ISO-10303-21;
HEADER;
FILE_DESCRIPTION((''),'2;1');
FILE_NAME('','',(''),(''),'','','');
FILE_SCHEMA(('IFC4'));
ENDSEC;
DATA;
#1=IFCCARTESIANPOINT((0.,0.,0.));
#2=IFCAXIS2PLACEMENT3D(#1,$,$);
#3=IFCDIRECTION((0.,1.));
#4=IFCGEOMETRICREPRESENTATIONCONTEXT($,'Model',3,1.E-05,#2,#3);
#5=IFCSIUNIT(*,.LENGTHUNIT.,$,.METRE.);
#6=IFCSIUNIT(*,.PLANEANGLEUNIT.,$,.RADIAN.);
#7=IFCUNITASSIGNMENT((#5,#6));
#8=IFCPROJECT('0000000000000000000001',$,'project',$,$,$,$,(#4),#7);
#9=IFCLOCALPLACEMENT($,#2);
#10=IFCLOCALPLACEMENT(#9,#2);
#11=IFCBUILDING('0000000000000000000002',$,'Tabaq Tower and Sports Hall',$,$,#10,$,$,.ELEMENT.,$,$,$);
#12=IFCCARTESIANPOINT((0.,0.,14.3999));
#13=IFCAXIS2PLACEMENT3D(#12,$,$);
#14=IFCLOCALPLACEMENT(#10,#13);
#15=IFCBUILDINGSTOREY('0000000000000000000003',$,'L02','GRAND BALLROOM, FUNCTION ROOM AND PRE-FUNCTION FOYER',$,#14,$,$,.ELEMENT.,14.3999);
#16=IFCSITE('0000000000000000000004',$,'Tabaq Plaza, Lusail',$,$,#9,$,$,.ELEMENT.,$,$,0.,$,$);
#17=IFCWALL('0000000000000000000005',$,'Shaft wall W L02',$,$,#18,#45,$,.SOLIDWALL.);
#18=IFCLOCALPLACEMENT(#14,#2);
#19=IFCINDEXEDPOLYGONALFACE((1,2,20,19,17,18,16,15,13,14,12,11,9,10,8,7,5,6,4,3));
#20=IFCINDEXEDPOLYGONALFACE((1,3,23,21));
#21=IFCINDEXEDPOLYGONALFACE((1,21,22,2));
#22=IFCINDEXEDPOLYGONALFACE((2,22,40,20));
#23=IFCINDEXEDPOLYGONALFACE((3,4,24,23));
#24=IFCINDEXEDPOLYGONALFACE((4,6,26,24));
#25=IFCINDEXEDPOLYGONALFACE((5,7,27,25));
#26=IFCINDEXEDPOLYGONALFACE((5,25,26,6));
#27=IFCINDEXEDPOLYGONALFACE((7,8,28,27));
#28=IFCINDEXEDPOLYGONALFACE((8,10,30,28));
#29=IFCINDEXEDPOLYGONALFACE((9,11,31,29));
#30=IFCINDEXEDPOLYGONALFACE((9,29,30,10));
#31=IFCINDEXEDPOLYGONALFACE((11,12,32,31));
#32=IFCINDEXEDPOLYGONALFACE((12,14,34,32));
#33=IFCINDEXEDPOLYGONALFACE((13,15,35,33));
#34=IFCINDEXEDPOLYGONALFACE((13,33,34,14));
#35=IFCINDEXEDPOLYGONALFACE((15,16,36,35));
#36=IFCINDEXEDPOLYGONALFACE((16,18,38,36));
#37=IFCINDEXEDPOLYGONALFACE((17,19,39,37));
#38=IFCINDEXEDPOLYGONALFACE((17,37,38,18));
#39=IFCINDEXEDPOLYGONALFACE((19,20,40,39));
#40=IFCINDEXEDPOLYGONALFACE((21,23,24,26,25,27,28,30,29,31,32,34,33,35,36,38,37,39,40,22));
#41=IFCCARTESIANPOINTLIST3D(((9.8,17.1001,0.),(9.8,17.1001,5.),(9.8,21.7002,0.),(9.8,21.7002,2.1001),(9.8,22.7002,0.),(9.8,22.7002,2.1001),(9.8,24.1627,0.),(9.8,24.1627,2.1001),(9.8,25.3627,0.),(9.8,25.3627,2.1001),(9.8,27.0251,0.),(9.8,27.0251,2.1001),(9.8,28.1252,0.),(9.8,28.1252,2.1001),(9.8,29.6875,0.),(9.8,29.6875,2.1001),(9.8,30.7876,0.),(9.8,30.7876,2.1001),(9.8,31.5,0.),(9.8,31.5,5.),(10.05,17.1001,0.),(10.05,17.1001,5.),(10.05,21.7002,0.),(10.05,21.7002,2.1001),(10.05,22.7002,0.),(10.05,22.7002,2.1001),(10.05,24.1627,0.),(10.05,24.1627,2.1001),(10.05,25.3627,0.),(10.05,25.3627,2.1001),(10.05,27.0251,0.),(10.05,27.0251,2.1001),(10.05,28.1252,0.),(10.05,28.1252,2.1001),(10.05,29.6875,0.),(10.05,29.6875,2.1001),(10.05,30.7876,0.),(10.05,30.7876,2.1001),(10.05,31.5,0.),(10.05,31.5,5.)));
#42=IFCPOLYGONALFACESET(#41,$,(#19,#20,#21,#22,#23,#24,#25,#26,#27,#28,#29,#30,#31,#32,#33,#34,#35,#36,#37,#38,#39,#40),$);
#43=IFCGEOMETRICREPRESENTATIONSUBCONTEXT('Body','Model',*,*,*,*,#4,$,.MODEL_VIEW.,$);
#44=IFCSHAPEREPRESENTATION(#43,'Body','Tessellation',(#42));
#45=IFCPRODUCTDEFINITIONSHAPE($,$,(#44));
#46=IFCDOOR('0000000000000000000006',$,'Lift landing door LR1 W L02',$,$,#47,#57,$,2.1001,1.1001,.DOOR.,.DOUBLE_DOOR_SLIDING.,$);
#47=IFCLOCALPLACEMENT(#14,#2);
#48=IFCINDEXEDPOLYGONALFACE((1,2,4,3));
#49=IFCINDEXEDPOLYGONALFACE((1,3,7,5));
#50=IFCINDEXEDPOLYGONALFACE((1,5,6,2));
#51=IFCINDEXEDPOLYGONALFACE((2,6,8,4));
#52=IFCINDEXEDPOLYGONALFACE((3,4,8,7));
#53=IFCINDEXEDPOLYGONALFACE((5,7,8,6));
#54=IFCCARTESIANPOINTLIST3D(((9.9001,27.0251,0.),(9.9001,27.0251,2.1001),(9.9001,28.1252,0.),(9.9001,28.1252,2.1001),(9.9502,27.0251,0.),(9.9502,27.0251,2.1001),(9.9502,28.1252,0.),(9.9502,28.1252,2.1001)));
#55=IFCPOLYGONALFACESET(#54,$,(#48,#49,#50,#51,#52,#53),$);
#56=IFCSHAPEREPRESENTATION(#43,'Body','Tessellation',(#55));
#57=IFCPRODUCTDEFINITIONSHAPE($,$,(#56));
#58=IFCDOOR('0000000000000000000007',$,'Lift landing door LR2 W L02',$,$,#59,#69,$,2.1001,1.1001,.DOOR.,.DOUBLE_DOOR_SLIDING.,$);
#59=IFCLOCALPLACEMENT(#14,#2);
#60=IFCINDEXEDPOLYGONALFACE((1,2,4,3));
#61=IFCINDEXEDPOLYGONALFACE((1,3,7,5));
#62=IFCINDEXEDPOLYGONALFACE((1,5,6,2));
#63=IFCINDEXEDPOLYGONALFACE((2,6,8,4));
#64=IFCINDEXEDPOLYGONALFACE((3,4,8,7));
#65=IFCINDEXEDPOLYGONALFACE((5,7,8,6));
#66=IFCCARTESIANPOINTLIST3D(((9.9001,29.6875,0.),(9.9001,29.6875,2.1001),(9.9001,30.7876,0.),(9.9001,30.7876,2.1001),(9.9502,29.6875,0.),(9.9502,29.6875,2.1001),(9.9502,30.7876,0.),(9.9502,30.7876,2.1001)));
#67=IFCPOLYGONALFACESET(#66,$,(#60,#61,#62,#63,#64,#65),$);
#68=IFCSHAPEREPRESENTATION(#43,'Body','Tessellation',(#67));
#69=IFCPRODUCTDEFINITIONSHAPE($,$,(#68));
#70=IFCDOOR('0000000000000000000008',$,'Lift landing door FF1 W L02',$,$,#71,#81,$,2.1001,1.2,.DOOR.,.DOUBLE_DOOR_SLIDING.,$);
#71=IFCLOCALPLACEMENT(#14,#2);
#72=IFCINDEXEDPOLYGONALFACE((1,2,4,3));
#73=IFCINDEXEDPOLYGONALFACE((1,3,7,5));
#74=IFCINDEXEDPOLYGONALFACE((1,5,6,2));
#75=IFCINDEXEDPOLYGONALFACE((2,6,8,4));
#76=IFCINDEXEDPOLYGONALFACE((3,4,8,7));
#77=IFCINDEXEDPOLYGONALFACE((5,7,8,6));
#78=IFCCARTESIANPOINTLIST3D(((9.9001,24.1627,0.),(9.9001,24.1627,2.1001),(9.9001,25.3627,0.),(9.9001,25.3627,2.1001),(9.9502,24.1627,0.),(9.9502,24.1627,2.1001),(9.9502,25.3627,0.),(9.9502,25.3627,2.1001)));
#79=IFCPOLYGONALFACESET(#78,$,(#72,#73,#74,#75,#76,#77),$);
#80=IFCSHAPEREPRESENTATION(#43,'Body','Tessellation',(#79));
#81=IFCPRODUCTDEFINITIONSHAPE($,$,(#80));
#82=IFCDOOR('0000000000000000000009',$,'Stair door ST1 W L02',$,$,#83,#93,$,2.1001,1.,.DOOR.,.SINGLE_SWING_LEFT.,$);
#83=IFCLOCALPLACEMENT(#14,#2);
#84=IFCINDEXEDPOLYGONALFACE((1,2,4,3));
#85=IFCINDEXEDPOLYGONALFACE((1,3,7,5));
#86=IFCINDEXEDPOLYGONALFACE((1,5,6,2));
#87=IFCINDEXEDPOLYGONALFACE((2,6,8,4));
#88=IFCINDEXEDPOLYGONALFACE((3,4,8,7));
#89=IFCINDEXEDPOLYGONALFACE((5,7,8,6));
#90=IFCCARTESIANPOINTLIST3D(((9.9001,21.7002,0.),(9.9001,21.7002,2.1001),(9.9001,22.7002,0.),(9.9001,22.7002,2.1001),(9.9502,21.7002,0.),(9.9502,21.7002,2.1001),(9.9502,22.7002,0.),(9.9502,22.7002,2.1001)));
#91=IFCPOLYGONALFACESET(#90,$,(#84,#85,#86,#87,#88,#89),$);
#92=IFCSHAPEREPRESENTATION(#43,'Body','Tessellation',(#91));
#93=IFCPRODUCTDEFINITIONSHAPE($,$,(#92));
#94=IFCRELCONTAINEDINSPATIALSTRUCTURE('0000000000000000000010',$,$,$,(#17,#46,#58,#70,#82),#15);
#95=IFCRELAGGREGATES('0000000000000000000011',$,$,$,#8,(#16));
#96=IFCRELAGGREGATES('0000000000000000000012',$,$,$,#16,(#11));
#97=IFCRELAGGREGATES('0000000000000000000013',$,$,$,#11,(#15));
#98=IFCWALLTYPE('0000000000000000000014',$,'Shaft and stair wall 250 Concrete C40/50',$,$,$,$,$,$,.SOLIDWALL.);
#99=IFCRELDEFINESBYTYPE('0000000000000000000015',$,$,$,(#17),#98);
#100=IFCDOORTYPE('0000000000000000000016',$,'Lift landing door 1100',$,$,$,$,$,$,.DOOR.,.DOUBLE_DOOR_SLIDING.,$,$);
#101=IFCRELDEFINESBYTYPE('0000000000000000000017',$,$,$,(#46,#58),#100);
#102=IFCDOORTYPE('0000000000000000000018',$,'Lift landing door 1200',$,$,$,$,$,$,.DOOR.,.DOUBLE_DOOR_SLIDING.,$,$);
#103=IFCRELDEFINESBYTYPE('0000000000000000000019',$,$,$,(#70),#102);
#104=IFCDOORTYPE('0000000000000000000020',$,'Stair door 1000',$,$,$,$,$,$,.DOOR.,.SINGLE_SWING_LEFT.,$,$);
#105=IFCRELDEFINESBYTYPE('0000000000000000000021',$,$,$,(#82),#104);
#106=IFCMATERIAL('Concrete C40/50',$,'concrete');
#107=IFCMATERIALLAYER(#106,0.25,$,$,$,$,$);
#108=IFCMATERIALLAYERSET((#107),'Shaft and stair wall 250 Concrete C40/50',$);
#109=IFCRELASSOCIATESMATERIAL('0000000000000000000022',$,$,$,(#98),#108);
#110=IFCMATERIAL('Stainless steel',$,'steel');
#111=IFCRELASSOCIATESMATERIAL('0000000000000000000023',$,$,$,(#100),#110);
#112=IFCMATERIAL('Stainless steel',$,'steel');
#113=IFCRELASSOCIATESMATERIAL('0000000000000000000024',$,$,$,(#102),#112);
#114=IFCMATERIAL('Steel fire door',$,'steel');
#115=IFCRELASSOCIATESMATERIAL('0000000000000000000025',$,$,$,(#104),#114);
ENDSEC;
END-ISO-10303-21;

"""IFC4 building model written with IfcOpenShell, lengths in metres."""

from ifc_helpers import new_model, si_unit, direction, frame, frame_2d, origin, place, context, subcontext, project, spatial, rectangle, extrude, material, layer, layer_set, type_object, element, fill, save


model = new_model("IFC4")

# Units and contexts
model_context = context("Model", 3, precision=1e-05, world=origin(), true_north=direction((0.0, 1.0)))
body_context = subcontext(model_context, "Body", "Model", "MODEL_VIEW")
ifc_project = project(units=[si_unit("LENGTHUNIT", "METRE"), si_unit("PLANEANGLEUNIT", "RADIAN")], contexts=[model_context])

# Site, building, storey
site_placement = place(None, origin())
site = spatial("IfcSite", under=ifc_project, at=site_placement, Name="Tabaq Plaza, Lusail", CompositionType="ELEMENT", RefElevation=0.0)
building_placement = place(site_placement, origin())
building = spatial("IfcBuilding", under=site, at=building_placement, Name="Tabaq Tower and Sports Hall", CompositionType="ELEMENT")
storey_placement = place(building_placement, frame((0.0, 0.0, 14.3999)))
storey = spatial("IfcBuildingStorey", under=building, at=storey_placement, Name="L02", Description="GRAND BALLROOM, FUNCTION ROOM AND PRE-FUNCTION FOYER", CompositionType="ELEMENT", Elevation=14.3999)

# Wall, openings, doors
ifc_material_1 = material(Name="Concrete C40/50", Category="concrete")
ifc_layer_1 = layer(ifc_material_1, 0.25)
ifc_layer_set_1 = layer_set([ifc_layer_1], Name="Shaft and stair wall 250 Concrete C40/50")
wall_type_1 = type_object("IfcWallType", Name="Shaft and stair wall 250 Concrete C40/50", PredefinedType="SOLIDWALL", material=ifc_layer_set_1)
wall_1_placement = place(storey_placement, frame((9.925, 17.1001, 0.0), z_axis=(0.0, 0.0, 1.0), x_axis=(0.0, 1.0, 0.0)))
wall_1 = element("IfcWall", 1, at=wall_1_placement, inside=storey, type_object=wall_type_1, Name="Shaft wall W L02", PredefinedType="SOLIDWALL", context=body_context, shape_type="SweptSolid", body=[
    extrude(rectangle(XDim=14.3999, YDim=0.25, at=frame_2d((7.2, 0.0))), origin(), (0.0, 0.0, 1.0), 5.0),
])
opening_1_placement = place(wall_1_placement, frame((4.6001, 0.0, 0.0)))
opening_1 = element("IfcOpeningElement", 2, at=opening_1_placement, cuts=wall_1, PredefinedType="OPENING", context=body_context, shape_type="SweptSolid", body=[
    extrude(rectangle(XDim=1.0, YDim=2.1001, at=frame_2d((0.5, 1.05))), frame((0.0, 0.125, 0.0), z_axis=(0.0, -1.0, 0.0), x_axis=(1.0, 0.0, 0.0)), (0.0, 0.0, 1.0), 0.25),
])
opening_2_placement = place(wall_1_placement, frame((7.0625, 0.0, 0.0)))
opening_2 = element("IfcOpeningElement", 3, at=opening_2_placement, cuts=wall_1, PredefinedType="OPENING", context=body_context, shape_type="SweptSolid", body=[
    extrude(rectangle(XDim=1.2, YDim=2.1001, at=frame_2d((0.6001, 1.05))), frame((0.0, 0.125, 0.0), z_axis=(0.0, -1.0, 0.0), x_axis=(1.0, 0.0, 0.0)), (0.0, 0.0, 1.0), 0.25),
])
opening_3_placement = place(wall_1_placement, frame((9.925, 0.0, 0.0)))
opening_3 = element("IfcOpeningElement", 4, at=opening_3_placement, cuts=wall_1, PredefinedType="OPENING", context=body_context, shape_type="SweptSolid", body=[
    extrude(rectangle(XDim=1.1001, YDim=2.1001, at=frame_2d((0.55, 1.05))), frame((0.0, 0.125, 0.0), z_axis=(0.0, -1.0, 0.0), x_axis=(1.0, 0.0, 0.0)), (0.0, 0.0, 1.0), 0.25),
])
opening_4_placement = place(wall_1_placement, frame((12.5874, 0.0, 0.0)))
opening_4 = element("IfcOpeningElement", 5, at=opening_4_placement, cuts=wall_1, PredefinedType="OPENING", context=body_context, shape_type="SweptSolid", body=[
    extrude(rectangle(XDim=1.1001, YDim=2.1001, at=frame_2d((0.55, 1.05))), frame((0.0, 0.125, 0.0), z_axis=(0.0, -1.0, 0.0), x_axis=(1.0, 0.0, 0.0)), (0.0, 0.0, 1.0), 0.25),
])
ifc_material_2 = material(Name="Stainless steel", Category="steel")
door_type_1 = type_object("IfcDoorType", Name="Lift landing door 1100", OperationType="DOUBLE_DOOR_SLIDING", PredefinedType="DOOR", material=ifc_material_2)
door_1_placement = place(opening_3_placement, origin())
door_1 = element("IfcDoor", 6, at=door_1_placement, inside=storey, type_object=door_type_1, Name="Lift landing door LR1 W L02", OperationType="DOUBLE_DOOR_SLIDING", OverallHeight=2.1001, OverallWidth=1.1001, PredefinedType="DOOR", context=body_context, shape_type="SweptSolid", body=[
    extrude(rectangle(XDim=1.1001, YDim=2.1001, at=frame_2d((0.55, 1.05))), frame((0.0, 0.0249, 0.0), z_axis=(0.0, -1.0, 0.0), x_axis=(1.0, 0.0, 0.0)), (0.0, 0.0, 1.0), 0.05),
])
fill(opening_3, door_1)
door_2_placement = place(opening_4_placement, origin())
door_2 = element("IfcDoor", 7, at=door_2_placement, inside=storey, type_object=door_type_1, Name="Lift landing door LR2 W L02", OperationType="DOUBLE_DOOR_SLIDING", OverallHeight=2.1001, OverallWidth=1.1001, PredefinedType="DOOR", context=body_context, shape_type="SweptSolid", body=[
    extrude(rectangle(XDim=1.1001, YDim=2.1001, at=frame_2d((0.55, 1.05))), frame((0.0, 0.0249, 0.0), z_axis=(0.0, -1.0, 0.0), x_axis=(1.0, 0.0, 0.0)), (0.0, 0.0, 1.0), 0.05),
])
fill(opening_4, door_2)
ifc_material_3 = material(Name="Stainless steel", Category="steel")
door_type_2 = type_object("IfcDoorType", Name="Lift landing door 1200", OperationType="DOUBLE_DOOR_SLIDING", PredefinedType="DOOR", material=ifc_material_3)
door_3_placement = place(opening_2_placement, origin())
door_3 = element("IfcDoor", 8, at=door_3_placement, inside=storey, type_object=door_type_2, Name="Lift landing door FF1 W L02", OperationType="DOUBLE_DOOR_SLIDING", OverallHeight=2.1001, OverallWidth=1.2, PredefinedType="DOOR", context=body_context, shape_type="SweptSolid", body=[
    extrude(rectangle(XDim=1.2, YDim=2.1001, at=frame_2d((0.6001, 1.05))), frame((0.0, 0.0249, 0.0), z_axis=(0.0, -1.0, 0.0), x_axis=(1.0, 0.0, 0.0)), (0.0, 0.0, 1.0), 0.05),
])
fill(opening_2, door_3)
ifc_material_4 = material(Name="Steel fire door", Category="steel")
door_type_3 = type_object("IfcDoorType", Name="Stair door 1000", OperationType="SINGLE_SWING_LEFT", PredefinedType="DOOR", material=ifc_material_4)
door_4_placement = place(opening_1_placement, origin())
door_4 = element("IfcDoor", 9, at=door_4_placement, inside=storey, type_object=door_type_3, Name="Stair door ST1 W L02", OperationType="SINGLE_SWING_LEFT", OverallHeight=2.1001, OverallWidth=1.0, PredefinedType="DOOR", context=body_context, shape_type="SweptSolid", body=[
    extrude(rectangle(XDim=1.0, YDim=2.1001, at=frame_2d((0.5, 1.05))), frame((0.0, 0.0249, 0.0), z_axis=(0.0, -1.0, 0.0), x_axis=(1.0, 0.0, 0.0)), (0.0, 0.0, 1.0), 0.05),
])
fill(opening_1, door_4)

save(model, "model.ifc")
